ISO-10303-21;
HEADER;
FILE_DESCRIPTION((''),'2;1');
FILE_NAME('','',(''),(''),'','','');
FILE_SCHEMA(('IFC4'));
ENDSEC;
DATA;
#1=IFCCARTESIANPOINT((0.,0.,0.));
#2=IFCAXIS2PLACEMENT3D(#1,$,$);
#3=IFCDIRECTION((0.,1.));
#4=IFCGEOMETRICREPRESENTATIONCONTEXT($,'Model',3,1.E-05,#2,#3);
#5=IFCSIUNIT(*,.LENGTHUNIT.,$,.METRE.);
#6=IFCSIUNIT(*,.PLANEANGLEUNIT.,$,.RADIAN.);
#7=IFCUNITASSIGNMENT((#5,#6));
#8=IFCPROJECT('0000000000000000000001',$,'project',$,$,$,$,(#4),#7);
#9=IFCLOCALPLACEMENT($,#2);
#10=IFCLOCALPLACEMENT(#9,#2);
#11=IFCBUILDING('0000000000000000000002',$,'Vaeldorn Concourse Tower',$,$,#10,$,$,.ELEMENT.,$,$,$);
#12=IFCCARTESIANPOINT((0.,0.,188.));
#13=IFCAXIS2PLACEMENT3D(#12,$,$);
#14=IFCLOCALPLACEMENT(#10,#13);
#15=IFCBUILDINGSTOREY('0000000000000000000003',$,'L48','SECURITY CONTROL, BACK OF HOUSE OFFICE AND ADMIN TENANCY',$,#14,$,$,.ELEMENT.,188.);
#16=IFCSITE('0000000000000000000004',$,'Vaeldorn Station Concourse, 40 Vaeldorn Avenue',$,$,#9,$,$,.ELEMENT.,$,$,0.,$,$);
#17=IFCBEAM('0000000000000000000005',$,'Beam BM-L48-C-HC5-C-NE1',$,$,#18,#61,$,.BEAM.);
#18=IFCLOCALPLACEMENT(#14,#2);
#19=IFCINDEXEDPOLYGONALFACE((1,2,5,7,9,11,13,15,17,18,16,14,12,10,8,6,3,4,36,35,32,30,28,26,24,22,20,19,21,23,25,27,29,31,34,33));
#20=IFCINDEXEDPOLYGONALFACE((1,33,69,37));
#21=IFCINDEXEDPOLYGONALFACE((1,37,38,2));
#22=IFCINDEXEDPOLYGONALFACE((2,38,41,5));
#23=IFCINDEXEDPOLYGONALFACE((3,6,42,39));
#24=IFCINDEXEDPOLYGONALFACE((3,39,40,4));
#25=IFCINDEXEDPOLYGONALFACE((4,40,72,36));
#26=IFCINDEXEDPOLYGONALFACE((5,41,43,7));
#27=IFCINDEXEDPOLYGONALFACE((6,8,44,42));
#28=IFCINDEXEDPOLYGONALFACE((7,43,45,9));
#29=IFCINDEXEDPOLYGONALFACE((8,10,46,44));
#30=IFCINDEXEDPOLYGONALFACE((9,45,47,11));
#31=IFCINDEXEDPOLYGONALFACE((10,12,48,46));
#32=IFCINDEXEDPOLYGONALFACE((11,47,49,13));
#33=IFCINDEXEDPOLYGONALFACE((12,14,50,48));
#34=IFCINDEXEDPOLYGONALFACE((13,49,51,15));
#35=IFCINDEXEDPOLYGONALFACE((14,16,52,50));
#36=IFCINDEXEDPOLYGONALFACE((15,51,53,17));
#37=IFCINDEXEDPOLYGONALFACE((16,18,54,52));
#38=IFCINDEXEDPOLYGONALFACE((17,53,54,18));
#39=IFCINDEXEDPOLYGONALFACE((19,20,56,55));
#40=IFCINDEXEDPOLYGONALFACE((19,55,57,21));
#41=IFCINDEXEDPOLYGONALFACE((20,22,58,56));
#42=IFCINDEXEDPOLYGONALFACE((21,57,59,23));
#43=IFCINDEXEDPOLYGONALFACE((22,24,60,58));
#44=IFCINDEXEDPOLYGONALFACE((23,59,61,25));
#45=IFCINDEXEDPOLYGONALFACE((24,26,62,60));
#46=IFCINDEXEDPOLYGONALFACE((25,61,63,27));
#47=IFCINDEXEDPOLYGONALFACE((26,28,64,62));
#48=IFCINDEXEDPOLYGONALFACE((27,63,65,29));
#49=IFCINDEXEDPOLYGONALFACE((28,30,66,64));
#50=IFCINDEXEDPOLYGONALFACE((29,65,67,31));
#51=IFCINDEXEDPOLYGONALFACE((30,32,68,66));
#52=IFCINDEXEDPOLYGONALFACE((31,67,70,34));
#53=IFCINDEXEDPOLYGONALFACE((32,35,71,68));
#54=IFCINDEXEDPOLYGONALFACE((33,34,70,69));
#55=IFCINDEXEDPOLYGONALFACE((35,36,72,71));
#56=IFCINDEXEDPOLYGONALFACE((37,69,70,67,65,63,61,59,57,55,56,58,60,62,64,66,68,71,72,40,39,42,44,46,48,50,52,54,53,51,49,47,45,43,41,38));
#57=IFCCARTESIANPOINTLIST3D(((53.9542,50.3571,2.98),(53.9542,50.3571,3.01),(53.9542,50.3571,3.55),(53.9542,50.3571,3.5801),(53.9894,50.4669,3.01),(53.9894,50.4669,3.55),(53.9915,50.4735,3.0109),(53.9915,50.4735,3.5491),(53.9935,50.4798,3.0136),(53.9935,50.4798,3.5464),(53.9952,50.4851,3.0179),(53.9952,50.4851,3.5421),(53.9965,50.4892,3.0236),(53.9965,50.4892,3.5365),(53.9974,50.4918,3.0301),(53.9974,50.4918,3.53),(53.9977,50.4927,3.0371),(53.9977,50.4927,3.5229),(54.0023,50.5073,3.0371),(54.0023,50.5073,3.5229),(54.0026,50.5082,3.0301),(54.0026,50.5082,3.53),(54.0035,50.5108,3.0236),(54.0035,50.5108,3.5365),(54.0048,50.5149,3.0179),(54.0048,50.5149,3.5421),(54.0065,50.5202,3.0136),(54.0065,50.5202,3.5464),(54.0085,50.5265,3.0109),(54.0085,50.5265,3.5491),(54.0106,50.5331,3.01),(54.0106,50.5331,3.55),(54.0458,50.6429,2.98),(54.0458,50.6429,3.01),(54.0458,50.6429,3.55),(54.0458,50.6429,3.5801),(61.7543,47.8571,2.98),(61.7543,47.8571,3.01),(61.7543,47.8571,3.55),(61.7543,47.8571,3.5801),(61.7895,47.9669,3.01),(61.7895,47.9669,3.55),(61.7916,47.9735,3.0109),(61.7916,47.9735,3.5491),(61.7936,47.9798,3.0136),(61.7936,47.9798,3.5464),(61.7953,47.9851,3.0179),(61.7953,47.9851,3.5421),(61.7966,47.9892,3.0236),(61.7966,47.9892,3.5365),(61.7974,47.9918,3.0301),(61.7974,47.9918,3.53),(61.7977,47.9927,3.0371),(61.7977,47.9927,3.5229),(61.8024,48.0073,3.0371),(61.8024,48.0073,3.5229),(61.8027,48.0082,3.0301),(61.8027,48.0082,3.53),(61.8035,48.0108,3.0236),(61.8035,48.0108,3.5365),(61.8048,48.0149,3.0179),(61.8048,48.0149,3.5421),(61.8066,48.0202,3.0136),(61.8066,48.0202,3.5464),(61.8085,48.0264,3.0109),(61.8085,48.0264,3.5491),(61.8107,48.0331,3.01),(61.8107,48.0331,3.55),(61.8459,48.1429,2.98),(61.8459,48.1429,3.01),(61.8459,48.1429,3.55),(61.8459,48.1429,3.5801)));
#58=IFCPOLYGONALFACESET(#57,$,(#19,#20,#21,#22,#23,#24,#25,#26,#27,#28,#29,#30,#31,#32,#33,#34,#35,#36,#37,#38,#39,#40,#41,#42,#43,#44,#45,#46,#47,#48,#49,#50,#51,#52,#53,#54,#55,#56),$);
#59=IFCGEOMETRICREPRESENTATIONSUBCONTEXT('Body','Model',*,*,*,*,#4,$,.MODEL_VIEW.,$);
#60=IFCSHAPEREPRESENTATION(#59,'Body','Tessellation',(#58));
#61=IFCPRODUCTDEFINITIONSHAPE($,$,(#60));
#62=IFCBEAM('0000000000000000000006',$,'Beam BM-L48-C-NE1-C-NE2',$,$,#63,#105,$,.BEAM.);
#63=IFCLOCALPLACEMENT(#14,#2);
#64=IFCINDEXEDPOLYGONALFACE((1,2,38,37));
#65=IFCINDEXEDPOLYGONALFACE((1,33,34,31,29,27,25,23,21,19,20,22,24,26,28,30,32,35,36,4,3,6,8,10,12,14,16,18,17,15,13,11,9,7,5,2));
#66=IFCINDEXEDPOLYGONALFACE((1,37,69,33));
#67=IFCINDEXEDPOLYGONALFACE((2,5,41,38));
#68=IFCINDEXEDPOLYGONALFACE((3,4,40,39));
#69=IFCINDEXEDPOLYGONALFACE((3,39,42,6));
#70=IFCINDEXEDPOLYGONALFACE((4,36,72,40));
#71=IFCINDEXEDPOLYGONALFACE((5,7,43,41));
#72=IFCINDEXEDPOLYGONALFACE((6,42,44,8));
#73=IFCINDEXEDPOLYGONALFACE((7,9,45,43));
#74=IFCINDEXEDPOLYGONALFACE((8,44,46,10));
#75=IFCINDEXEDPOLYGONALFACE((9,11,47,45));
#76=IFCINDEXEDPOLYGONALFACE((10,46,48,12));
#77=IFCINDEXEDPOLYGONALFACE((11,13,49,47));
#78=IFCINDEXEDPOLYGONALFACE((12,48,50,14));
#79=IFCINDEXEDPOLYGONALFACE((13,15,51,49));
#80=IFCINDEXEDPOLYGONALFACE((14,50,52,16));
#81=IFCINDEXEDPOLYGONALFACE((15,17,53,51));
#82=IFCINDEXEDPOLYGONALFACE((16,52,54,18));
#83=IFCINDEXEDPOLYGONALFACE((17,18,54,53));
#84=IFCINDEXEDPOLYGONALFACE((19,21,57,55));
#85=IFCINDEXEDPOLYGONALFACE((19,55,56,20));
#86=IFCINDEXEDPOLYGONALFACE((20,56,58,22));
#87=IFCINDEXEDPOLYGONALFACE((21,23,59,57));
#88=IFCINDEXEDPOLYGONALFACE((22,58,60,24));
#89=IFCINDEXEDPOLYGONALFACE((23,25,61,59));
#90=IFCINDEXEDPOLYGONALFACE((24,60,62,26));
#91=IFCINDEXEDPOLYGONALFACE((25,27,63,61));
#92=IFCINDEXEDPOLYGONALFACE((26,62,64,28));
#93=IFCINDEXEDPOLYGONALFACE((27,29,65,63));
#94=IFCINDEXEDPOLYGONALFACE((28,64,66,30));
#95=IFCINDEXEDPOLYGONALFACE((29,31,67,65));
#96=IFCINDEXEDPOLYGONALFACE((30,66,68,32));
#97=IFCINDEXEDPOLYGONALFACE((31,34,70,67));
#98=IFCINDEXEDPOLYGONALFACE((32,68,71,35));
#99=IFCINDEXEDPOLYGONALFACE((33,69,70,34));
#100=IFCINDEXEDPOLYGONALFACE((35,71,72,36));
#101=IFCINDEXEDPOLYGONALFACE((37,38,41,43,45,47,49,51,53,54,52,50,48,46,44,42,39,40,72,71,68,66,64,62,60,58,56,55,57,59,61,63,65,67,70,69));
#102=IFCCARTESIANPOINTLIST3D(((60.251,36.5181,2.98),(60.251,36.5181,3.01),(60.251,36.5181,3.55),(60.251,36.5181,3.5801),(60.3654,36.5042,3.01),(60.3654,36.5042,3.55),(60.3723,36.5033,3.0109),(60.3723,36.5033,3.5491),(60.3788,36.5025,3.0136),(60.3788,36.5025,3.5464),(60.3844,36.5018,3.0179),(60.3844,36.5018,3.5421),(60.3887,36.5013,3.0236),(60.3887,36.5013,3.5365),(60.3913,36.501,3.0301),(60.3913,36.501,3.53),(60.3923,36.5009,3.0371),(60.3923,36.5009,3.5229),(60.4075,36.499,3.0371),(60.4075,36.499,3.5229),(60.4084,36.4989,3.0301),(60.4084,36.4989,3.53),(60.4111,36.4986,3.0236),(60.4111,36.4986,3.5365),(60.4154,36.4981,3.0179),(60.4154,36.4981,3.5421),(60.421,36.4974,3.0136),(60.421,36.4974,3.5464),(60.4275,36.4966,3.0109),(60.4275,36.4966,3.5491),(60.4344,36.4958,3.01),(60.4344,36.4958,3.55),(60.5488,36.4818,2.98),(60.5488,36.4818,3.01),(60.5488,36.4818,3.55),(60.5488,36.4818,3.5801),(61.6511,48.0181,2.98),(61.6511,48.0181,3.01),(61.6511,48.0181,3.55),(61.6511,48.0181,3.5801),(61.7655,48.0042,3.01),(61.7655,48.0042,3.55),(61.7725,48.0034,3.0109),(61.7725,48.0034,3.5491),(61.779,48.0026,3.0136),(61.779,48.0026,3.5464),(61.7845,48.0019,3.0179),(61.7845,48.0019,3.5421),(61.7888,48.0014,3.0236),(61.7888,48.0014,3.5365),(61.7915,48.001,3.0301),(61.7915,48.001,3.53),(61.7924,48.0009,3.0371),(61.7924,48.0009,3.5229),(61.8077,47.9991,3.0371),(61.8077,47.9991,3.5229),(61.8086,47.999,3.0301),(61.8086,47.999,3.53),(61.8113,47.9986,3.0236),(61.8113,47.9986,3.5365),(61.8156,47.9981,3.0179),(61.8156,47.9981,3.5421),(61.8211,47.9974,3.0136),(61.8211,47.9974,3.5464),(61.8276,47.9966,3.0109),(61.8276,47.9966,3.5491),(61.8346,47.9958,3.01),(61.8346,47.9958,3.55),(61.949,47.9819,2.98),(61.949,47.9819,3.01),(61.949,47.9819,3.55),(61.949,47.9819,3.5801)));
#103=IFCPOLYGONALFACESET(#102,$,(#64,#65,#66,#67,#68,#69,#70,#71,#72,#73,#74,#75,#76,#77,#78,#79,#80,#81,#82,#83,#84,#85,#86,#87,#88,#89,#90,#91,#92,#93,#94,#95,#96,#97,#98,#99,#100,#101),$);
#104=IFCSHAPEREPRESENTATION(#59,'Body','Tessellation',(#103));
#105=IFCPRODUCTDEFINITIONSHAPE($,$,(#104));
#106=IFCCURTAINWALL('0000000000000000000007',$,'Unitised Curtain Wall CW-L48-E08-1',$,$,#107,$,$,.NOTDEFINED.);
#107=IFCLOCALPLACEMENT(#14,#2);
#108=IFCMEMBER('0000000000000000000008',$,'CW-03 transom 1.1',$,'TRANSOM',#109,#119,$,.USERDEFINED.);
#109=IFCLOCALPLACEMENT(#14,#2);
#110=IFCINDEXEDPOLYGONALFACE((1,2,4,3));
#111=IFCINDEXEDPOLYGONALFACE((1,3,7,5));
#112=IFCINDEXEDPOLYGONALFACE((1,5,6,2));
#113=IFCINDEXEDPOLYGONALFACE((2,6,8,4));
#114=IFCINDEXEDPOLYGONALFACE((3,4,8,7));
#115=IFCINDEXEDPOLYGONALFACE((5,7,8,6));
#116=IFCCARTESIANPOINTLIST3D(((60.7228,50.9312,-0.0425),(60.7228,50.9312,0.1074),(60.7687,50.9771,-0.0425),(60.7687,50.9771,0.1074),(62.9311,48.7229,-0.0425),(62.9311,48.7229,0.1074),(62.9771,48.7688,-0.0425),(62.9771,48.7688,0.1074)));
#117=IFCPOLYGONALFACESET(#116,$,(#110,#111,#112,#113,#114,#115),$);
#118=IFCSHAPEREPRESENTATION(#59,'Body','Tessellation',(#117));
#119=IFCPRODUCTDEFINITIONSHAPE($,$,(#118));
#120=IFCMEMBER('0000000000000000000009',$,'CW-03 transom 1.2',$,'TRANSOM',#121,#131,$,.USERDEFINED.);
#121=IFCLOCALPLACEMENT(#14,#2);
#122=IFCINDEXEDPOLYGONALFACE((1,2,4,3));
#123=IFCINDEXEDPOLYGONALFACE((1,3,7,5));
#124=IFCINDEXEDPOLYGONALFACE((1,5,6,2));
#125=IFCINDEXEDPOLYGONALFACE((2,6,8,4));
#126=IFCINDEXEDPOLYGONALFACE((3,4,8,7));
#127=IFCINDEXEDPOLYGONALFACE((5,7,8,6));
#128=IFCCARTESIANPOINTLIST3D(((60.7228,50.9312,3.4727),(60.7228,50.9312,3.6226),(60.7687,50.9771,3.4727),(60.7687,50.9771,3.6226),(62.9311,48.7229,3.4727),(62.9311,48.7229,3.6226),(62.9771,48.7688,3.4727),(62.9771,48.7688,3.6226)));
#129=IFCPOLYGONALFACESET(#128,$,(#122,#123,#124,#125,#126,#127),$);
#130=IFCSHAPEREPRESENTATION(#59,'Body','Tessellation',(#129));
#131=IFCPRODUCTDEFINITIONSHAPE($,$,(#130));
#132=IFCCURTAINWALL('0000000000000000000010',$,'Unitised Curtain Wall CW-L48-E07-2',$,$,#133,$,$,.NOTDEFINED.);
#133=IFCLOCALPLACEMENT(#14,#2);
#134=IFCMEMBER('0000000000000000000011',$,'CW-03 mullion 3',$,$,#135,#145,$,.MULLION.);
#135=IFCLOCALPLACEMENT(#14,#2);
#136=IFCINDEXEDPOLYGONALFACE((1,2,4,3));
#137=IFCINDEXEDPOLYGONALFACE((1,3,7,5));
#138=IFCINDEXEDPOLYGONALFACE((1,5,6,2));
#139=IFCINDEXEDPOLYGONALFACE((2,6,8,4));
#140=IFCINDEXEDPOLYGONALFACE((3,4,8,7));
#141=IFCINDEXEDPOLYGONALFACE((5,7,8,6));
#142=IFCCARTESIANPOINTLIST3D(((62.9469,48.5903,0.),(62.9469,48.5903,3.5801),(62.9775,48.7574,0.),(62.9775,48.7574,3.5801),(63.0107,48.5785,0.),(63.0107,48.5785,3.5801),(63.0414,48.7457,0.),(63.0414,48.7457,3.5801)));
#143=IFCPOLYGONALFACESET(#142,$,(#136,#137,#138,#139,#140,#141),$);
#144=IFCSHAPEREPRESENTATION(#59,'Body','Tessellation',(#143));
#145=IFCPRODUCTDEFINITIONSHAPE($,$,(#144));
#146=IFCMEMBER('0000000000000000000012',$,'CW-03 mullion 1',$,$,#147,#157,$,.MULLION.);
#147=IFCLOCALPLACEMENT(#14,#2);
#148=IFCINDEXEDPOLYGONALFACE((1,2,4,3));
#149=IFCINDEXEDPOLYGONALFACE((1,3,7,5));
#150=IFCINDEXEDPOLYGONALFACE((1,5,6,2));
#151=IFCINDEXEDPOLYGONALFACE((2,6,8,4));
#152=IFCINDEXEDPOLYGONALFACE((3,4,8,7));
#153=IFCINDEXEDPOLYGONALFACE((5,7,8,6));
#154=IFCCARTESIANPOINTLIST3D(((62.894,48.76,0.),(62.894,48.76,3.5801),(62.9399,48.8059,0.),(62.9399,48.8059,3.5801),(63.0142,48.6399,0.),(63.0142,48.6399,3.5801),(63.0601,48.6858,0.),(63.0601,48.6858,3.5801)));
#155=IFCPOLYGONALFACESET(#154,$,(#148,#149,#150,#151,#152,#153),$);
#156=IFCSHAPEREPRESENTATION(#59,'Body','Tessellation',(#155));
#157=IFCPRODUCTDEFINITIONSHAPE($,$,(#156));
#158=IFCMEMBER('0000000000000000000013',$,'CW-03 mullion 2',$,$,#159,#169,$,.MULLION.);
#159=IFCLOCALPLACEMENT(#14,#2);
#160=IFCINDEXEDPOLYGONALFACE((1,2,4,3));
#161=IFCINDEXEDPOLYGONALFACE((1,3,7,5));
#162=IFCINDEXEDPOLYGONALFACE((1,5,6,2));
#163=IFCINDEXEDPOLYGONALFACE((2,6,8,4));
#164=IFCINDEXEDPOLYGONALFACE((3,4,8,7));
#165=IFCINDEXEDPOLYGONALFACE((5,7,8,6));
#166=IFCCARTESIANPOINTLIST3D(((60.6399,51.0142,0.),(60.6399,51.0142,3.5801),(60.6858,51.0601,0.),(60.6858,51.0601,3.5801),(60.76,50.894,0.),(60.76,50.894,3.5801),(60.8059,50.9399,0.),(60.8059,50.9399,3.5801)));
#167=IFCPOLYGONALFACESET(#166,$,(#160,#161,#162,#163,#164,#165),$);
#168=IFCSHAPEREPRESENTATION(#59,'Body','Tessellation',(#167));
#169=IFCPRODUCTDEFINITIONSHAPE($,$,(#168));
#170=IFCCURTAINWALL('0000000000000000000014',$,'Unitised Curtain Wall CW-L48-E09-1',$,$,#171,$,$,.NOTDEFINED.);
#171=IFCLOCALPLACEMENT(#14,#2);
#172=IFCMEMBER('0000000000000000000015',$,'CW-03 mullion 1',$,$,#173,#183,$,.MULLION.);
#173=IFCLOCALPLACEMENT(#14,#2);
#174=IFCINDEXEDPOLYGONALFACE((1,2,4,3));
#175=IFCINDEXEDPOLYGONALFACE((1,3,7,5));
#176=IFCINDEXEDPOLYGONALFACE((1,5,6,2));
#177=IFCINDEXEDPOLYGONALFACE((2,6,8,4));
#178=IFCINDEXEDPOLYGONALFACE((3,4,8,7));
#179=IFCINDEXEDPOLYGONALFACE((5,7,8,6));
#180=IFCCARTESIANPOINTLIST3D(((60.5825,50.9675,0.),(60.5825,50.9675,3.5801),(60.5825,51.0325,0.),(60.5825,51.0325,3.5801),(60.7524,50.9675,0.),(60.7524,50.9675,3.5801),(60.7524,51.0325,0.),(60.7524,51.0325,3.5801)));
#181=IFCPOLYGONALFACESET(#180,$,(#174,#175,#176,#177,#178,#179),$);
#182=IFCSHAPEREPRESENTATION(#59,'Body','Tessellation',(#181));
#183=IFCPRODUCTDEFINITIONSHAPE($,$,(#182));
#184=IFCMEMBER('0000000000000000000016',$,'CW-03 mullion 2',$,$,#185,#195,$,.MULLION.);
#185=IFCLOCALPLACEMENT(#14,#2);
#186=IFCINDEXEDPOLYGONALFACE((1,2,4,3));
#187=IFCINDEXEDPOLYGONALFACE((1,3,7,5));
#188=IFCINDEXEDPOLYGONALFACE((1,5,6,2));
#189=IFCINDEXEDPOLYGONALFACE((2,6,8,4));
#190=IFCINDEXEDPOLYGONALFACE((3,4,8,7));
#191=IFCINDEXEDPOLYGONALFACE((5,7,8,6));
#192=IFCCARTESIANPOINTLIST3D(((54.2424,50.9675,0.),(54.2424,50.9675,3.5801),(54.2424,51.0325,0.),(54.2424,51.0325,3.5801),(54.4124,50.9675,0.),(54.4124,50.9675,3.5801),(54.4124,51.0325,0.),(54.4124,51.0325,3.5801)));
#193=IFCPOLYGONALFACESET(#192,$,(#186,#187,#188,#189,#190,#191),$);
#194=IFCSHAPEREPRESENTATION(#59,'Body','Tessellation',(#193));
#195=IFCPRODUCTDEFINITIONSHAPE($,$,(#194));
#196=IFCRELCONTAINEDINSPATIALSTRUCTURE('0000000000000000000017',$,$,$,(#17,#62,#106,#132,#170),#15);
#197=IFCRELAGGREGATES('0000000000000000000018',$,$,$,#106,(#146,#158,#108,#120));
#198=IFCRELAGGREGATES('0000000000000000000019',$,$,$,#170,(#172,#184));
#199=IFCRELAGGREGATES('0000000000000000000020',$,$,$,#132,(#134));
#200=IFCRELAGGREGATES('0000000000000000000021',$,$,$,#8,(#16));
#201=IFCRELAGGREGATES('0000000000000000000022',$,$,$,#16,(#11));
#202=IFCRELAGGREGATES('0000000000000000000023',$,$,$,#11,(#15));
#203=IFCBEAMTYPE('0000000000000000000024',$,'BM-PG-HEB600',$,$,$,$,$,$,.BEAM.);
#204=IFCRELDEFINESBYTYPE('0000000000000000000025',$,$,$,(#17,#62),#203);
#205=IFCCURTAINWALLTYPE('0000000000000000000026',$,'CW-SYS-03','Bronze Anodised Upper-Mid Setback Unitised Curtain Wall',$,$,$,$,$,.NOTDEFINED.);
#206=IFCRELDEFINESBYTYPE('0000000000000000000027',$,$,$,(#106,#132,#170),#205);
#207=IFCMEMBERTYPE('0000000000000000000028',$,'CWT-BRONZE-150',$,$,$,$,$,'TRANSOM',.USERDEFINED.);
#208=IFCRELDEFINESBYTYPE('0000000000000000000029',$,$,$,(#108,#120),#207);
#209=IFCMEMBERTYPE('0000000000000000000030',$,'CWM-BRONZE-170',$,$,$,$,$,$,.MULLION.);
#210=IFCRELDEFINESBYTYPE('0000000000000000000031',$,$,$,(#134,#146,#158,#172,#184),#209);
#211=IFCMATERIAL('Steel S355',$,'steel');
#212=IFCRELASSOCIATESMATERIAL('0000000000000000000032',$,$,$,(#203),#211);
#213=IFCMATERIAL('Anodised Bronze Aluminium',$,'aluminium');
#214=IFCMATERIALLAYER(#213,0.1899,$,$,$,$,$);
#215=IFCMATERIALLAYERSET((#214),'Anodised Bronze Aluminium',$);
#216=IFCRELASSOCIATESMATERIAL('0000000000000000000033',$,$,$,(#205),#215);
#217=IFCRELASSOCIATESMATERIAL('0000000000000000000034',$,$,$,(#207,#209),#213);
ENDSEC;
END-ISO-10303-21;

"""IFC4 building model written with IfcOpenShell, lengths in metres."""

from ifc_helpers import new_model, si_unit, direction, frame, origin, origin_2d, place, context, subcontext, project, spatial, rectangle, i_section, extrude, source, transform, mapped, material, layer, layer_set, material_profile, profile_set, type_object, element, aggregate, save


model = new_model("IFC4")

# Units and contexts
model_context = context("Model", 3, precision=1e-05, world=origin(), true_north=direction((0.0, 1.0)))
body_context = subcontext(model_context, "Body", "Model", "MODEL_VIEW")
ifc_project = project(units=[si_unit("LENGTHUNIT", "METRE"), si_unit("PLANEANGLEUNIT", "RADIAN")], contexts=[model_context])

# Site, building, storey
site_placement = place(None, origin())
site = spatial("IfcSite", under=ifc_project, at=site_placement, Name="Vaeldorn Station Concourse, 40 Vaeldorn Avenue", CompositionType="ELEMENT", RefElevation=0.0)
building_placement = place(site_placement, origin())
building = spatial("IfcBuilding", under=site, at=building_placement, Name="Vaeldorn Concourse Tower", CompositionType="ELEMENT")
storey_placement = place(building_placement, frame((0.0, 0.0, 188.0)))
storey = spatial("IfcBuildingStorey", under=building, at=storey_placement, Name="L48", Description="SECURITY CONTROL, BACK OF HOUSE OFFICE AND ADMIN TENANCY", CompositionType="ELEMENT", Elevation=188.0)

# Beams
ifc_material_1 = material(Name="Steel S355", Category="steel")
ifc_material_profile_1 = material_profile(ifc_material_1, i_section(OverallWidth=0.3, OverallDepth=0.6001, WebThickness=0.0154, FlangeThickness=0.03, FilletRadius=0.0271, at=origin_2d()), Name="HEB 600")
ifc_profile_set_1 = profile_set([ifc_material_profile_1], Name="Steel S355")
beam_type_1 = type_object("IfcBeamType", Name="BM-PG-HEB600", PredefinedType="BEAM", material=ifc_profile_set_1)
shared_shape_1 = source(origin(), body_context, "Body", "SweptSolid", [
    extrude(i_section(OverallWidth=0.3, OverallDepth=0.6001, WebThickness=0.0154, FlangeThickness=0.03, FilletRadius=0.0271, at=origin_2d()), origin(), (0.0, 0.0, 1.0), 8.1909),
])
beam_1_placement = place(storey_placement, frame((54.0, 50.5, 3.28), z_axis=(0.952283, -0.305217, 0.0), x_axis=(0.305217, 0.952283, 0.0)))
element("IfcBeam", 1, at=beam_1_placement, inside=storey, type_object=beam_type_1, Name="Beam BM-L48-C-HC5-C-NE1", PredefinedType="BEAM", context=body_context, shape_type="MappedRepresentation", body=[
    mapped(shared_shape_1, transform((0.0, 0.0, 0.0), scale=1.0)),
])
shared_shape_2 = source(origin(), body_context, "Body", "SweptSolid", [
    extrude(i_section(OverallWidth=0.3, OverallDepth=0.6001, WebThickness=0.0154, FlangeThickness=0.03, FilletRadius=0.0271, at=origin_2d()), origin(), (0.0, 0.0, 1.0), 11.585),
])
beam_2_placement = place(storey_placement, frame((61.8, 48.0, 3.28), z_axis=(-0.120859, -0.99267, 0.0), x_axis=(0.99267, -0.120859, 0.0)))
element("IfcBeam", 2, at=beam_2_placement, inside=storey, type_object=beam_type_1, Name="Beam BM-L48-C-NE1-C-NE2", PredefinedType="BEAM", context=body_context, shape_type="MappedRepresentation", body=[
    mapped(shared_shape_2, transform((0.0, 0.0, 0.0), scale=1.0)),
])

# Curtain wall, members
ifc_material_2 = material(Name="Anodised Bronze Aluminium", Category="aluminium")
ifc_layer_1 = layer(ifc_material_2, 0.1899)
ifc_layer_set_1 = layer_set([ifc_layer_1], Name="Anodised Bronze Aluminium")
curtain_wall_type = type_object("IfcCurtainWallType", Name="CW-SYS-03", Description="Bronze Anodised Upper-Mid Setback Unitised Curtain Wall", PredefinedType="NOTDEFINED", material=ifc_layer_set_1)
curtain_wall_1_placement = place(storey_placement, origin())
curtain_wall_1 = element("IfcCurtainWall", 3, at=curtain_wall_1_placement, inside=storey, type_object=curtain_wall_type, Name="Unitised Curtain Wall CW-L48-E08-1", PredefinedType="NOTDEFINED")
ifc_material_profile_2 = material_profile(ifc_material_2, rectangle(XDim=0.0649, YDim=0.1499, at=origin_2d()), Name="CWT 65x150")
ifc_profile_set_2 = profile_set([ifc_material_profile_2], Name="Anodised Bronze Aluminium")
member_type_1 = type_object("IfcMemberType", Name="CWT-BRONZE-150", ElementType="TRANSOM", PredefinedType="USERDEFINED", material=ifc_profile_set_2)
shared_shape_3 = source(origin(), body_context, "Body", "SweptSolid", [
    extrude(rectangle(XDim=0.0649, YDim=0.1499, at=origin_2d()), origin(), (0.0, 0.0, 1.0), 3.123),
])
member_1_placement = place(storey_placement, frame((62.9541, 48.7458, 0.0325), z_axis=(-0.707107, 0.707107, 0.0), x_axis=(-0.707107, -0.707107, 0.0)))
member_1 = element("IfcMember", 4, at=member_1_placement, type_object=member_type_1, Name="CW-03 transom 1.1", ObjectType="TRANSOM", PredefinedType="USERDEFINED", context=body_context, shape_type="MappedRepresentation", body=[
    mapped(shared_shape_3, transform((0.0, 0.0, 0.0), scale=1.0)),
])
member_2_placement = place(storey_placement, frame((62.9541, 48.7458, 3.5476), z_axis=(-0.707107, 0.707107, 0.0), x_axis=(-0.707107, -0.707107, 0.0)))
member_2 = element("IfcMember", 5, at=member_2_placement, type_object=member_type_1, Name="CW-03 transom 1.2", ObjectType="TRANSOM", PredefinedType="USERDEFINED", context=body_context, shape_type="MappedRepresentation", body=[
    mapped(shared_shape_3, transform((0.0, 0.0, 0.0), scale=1.0)),
])

# Curtain wall, member
curtain_wall_2_placement = place(storey_placement, origin())
curtain_wall_2 = element("IfcCurtainWall", 6, at=curtain_wall_2_placement, inside=storey, type_object=curtain_wall_type, Name="Unitised Curtain Wall CW-L48-E07-2", PredefinedType="NOTDEFINED")
ifc_material_profile_3 = material_profile(ifc_material_2, rectangle(XDim=0.0649, YDim=0.1699, at=origin_2d()), Name="CWM 65x170")
ifc_profile_set_3 = profile_set([ifc_material_profile_3], Name="Anodised Bronze Aluminium")
member_type_2 = type_object("IfcMemberType", Name="CWM-BRONZE-170", PredefinedType="MULLION", material=ifc_profile_set_3)
shared_shape_4 = source(origin(), body_context, "Body", "SweptSolid", [
    extrude(rectangle(XDim=0.0649, YDim=0.1699, at=origin_2d()), origin(), (0.0, 0.0, 1.0), 3.5801),
])
member_3_placement = place(storey_placement, frame((62.9941, 48.668, 0.0), z_axis=(0.0, 0.0, 1.0), x_axis=(-0.983559, 0.180585, 0.0)))
member_3 = element("IfcMember", 7, at=member_3_placement, type_object=member_type_2, Name="CW-03 mullion 3", PredefinedType="MULLION", context=body_context, shape_type="MappedRepresentation", body=[
    mapped(shared_shape_4, transform((0.0, 0.0, 0.0), scale=1.0)),
])

# Members
member_4_placement = place(storey_placement, frame((62.9771, 48.7229, 0.0), z_axis=(0.0, 0.0, 1.0), x_axis=(-0.707107, -0.707107, 0.0)))
member_4 = element("IfcMember", 8, at=member_4_placement, type_object=member_type_2, Name="CW-03 mullion 1", PredefinedType="MULLION", context=body_context, shape_type="MappedRepresentation", body=[
    mapped(shared_shape_4, transform((0.0, 0.0, 0.0), scale=1.0)),
])
member_5_placement = place(storey_placement, frame((60.7229, 50.9771, 0.0), z_axis=(0.0, 0.0, 1.0), x_axis=(-0.707107, -0.707107, 0.0)))
member_5 = element("IfcMember", 9, at=member_5_placement, type_object=member_type_2, Name="CW-03 mullion 2", PredefinedType="MULLION", context=body_context, shape_type="MappedRepresentation", body=[
    mapped(shared_shape_4, transform((0.0, 0.0, 0.0), scale=1.0)),
])

# Curtain wall, members
curtain_wall_3_placement = place(storey_placement, origin())
curtain_wall_3 = element("IfcCurtainWall", 10, at=curtain_wall_3_placement, inside=storey, type_object=curtain_wall_type, Name="Unitised Curtain Wall CW-L48-E09-1", PredefinedType="NOTDEFINED")
member_6_placement = place(storey_placement, frame((60.6675, 51.0, 0.0), z_axis=(0.0, 0.0, 1.0), x_axis=(0.0, -1.0, 0.0)))
member_6 = element("IfcMember", 11, at=member_6_placement, type_object=member_type_2, Name="CW-03 mullion 1", PredefinedType="MULLION", context=body_context, shape_type="MappedRepresentation", body=[
    mapped(shared_shape_4, transform((0.0, 0.0, 0.0), scale=1.0)),
])
member_7_placement = place(storey_placement, frame((54.3274, 51.0, 0.0), z_axis=(0.0, 0.0, 1.0), x_axis=(0.0, -1.0, 0.0)))
member_7 = element("IfcMember", 12, at=member_7_placement, type_object=member_type_2, Name="CW-03 mullion 2", PredefinedType="MULLION", context=body_context, shape_type="MappedRepresentation", body=[
    mapped(shared_shape_4, transform((0.0, 0.0, 0.0), scale=1.0)),
])

aggregate(curtain_wall_1, [member_4, member_5, member_1, member_2])
aggregate(curtain_wall_3, [member_6, member_7])
aggregate(curtain_wall_2, [member_3])

save(model, "model.ifc")
